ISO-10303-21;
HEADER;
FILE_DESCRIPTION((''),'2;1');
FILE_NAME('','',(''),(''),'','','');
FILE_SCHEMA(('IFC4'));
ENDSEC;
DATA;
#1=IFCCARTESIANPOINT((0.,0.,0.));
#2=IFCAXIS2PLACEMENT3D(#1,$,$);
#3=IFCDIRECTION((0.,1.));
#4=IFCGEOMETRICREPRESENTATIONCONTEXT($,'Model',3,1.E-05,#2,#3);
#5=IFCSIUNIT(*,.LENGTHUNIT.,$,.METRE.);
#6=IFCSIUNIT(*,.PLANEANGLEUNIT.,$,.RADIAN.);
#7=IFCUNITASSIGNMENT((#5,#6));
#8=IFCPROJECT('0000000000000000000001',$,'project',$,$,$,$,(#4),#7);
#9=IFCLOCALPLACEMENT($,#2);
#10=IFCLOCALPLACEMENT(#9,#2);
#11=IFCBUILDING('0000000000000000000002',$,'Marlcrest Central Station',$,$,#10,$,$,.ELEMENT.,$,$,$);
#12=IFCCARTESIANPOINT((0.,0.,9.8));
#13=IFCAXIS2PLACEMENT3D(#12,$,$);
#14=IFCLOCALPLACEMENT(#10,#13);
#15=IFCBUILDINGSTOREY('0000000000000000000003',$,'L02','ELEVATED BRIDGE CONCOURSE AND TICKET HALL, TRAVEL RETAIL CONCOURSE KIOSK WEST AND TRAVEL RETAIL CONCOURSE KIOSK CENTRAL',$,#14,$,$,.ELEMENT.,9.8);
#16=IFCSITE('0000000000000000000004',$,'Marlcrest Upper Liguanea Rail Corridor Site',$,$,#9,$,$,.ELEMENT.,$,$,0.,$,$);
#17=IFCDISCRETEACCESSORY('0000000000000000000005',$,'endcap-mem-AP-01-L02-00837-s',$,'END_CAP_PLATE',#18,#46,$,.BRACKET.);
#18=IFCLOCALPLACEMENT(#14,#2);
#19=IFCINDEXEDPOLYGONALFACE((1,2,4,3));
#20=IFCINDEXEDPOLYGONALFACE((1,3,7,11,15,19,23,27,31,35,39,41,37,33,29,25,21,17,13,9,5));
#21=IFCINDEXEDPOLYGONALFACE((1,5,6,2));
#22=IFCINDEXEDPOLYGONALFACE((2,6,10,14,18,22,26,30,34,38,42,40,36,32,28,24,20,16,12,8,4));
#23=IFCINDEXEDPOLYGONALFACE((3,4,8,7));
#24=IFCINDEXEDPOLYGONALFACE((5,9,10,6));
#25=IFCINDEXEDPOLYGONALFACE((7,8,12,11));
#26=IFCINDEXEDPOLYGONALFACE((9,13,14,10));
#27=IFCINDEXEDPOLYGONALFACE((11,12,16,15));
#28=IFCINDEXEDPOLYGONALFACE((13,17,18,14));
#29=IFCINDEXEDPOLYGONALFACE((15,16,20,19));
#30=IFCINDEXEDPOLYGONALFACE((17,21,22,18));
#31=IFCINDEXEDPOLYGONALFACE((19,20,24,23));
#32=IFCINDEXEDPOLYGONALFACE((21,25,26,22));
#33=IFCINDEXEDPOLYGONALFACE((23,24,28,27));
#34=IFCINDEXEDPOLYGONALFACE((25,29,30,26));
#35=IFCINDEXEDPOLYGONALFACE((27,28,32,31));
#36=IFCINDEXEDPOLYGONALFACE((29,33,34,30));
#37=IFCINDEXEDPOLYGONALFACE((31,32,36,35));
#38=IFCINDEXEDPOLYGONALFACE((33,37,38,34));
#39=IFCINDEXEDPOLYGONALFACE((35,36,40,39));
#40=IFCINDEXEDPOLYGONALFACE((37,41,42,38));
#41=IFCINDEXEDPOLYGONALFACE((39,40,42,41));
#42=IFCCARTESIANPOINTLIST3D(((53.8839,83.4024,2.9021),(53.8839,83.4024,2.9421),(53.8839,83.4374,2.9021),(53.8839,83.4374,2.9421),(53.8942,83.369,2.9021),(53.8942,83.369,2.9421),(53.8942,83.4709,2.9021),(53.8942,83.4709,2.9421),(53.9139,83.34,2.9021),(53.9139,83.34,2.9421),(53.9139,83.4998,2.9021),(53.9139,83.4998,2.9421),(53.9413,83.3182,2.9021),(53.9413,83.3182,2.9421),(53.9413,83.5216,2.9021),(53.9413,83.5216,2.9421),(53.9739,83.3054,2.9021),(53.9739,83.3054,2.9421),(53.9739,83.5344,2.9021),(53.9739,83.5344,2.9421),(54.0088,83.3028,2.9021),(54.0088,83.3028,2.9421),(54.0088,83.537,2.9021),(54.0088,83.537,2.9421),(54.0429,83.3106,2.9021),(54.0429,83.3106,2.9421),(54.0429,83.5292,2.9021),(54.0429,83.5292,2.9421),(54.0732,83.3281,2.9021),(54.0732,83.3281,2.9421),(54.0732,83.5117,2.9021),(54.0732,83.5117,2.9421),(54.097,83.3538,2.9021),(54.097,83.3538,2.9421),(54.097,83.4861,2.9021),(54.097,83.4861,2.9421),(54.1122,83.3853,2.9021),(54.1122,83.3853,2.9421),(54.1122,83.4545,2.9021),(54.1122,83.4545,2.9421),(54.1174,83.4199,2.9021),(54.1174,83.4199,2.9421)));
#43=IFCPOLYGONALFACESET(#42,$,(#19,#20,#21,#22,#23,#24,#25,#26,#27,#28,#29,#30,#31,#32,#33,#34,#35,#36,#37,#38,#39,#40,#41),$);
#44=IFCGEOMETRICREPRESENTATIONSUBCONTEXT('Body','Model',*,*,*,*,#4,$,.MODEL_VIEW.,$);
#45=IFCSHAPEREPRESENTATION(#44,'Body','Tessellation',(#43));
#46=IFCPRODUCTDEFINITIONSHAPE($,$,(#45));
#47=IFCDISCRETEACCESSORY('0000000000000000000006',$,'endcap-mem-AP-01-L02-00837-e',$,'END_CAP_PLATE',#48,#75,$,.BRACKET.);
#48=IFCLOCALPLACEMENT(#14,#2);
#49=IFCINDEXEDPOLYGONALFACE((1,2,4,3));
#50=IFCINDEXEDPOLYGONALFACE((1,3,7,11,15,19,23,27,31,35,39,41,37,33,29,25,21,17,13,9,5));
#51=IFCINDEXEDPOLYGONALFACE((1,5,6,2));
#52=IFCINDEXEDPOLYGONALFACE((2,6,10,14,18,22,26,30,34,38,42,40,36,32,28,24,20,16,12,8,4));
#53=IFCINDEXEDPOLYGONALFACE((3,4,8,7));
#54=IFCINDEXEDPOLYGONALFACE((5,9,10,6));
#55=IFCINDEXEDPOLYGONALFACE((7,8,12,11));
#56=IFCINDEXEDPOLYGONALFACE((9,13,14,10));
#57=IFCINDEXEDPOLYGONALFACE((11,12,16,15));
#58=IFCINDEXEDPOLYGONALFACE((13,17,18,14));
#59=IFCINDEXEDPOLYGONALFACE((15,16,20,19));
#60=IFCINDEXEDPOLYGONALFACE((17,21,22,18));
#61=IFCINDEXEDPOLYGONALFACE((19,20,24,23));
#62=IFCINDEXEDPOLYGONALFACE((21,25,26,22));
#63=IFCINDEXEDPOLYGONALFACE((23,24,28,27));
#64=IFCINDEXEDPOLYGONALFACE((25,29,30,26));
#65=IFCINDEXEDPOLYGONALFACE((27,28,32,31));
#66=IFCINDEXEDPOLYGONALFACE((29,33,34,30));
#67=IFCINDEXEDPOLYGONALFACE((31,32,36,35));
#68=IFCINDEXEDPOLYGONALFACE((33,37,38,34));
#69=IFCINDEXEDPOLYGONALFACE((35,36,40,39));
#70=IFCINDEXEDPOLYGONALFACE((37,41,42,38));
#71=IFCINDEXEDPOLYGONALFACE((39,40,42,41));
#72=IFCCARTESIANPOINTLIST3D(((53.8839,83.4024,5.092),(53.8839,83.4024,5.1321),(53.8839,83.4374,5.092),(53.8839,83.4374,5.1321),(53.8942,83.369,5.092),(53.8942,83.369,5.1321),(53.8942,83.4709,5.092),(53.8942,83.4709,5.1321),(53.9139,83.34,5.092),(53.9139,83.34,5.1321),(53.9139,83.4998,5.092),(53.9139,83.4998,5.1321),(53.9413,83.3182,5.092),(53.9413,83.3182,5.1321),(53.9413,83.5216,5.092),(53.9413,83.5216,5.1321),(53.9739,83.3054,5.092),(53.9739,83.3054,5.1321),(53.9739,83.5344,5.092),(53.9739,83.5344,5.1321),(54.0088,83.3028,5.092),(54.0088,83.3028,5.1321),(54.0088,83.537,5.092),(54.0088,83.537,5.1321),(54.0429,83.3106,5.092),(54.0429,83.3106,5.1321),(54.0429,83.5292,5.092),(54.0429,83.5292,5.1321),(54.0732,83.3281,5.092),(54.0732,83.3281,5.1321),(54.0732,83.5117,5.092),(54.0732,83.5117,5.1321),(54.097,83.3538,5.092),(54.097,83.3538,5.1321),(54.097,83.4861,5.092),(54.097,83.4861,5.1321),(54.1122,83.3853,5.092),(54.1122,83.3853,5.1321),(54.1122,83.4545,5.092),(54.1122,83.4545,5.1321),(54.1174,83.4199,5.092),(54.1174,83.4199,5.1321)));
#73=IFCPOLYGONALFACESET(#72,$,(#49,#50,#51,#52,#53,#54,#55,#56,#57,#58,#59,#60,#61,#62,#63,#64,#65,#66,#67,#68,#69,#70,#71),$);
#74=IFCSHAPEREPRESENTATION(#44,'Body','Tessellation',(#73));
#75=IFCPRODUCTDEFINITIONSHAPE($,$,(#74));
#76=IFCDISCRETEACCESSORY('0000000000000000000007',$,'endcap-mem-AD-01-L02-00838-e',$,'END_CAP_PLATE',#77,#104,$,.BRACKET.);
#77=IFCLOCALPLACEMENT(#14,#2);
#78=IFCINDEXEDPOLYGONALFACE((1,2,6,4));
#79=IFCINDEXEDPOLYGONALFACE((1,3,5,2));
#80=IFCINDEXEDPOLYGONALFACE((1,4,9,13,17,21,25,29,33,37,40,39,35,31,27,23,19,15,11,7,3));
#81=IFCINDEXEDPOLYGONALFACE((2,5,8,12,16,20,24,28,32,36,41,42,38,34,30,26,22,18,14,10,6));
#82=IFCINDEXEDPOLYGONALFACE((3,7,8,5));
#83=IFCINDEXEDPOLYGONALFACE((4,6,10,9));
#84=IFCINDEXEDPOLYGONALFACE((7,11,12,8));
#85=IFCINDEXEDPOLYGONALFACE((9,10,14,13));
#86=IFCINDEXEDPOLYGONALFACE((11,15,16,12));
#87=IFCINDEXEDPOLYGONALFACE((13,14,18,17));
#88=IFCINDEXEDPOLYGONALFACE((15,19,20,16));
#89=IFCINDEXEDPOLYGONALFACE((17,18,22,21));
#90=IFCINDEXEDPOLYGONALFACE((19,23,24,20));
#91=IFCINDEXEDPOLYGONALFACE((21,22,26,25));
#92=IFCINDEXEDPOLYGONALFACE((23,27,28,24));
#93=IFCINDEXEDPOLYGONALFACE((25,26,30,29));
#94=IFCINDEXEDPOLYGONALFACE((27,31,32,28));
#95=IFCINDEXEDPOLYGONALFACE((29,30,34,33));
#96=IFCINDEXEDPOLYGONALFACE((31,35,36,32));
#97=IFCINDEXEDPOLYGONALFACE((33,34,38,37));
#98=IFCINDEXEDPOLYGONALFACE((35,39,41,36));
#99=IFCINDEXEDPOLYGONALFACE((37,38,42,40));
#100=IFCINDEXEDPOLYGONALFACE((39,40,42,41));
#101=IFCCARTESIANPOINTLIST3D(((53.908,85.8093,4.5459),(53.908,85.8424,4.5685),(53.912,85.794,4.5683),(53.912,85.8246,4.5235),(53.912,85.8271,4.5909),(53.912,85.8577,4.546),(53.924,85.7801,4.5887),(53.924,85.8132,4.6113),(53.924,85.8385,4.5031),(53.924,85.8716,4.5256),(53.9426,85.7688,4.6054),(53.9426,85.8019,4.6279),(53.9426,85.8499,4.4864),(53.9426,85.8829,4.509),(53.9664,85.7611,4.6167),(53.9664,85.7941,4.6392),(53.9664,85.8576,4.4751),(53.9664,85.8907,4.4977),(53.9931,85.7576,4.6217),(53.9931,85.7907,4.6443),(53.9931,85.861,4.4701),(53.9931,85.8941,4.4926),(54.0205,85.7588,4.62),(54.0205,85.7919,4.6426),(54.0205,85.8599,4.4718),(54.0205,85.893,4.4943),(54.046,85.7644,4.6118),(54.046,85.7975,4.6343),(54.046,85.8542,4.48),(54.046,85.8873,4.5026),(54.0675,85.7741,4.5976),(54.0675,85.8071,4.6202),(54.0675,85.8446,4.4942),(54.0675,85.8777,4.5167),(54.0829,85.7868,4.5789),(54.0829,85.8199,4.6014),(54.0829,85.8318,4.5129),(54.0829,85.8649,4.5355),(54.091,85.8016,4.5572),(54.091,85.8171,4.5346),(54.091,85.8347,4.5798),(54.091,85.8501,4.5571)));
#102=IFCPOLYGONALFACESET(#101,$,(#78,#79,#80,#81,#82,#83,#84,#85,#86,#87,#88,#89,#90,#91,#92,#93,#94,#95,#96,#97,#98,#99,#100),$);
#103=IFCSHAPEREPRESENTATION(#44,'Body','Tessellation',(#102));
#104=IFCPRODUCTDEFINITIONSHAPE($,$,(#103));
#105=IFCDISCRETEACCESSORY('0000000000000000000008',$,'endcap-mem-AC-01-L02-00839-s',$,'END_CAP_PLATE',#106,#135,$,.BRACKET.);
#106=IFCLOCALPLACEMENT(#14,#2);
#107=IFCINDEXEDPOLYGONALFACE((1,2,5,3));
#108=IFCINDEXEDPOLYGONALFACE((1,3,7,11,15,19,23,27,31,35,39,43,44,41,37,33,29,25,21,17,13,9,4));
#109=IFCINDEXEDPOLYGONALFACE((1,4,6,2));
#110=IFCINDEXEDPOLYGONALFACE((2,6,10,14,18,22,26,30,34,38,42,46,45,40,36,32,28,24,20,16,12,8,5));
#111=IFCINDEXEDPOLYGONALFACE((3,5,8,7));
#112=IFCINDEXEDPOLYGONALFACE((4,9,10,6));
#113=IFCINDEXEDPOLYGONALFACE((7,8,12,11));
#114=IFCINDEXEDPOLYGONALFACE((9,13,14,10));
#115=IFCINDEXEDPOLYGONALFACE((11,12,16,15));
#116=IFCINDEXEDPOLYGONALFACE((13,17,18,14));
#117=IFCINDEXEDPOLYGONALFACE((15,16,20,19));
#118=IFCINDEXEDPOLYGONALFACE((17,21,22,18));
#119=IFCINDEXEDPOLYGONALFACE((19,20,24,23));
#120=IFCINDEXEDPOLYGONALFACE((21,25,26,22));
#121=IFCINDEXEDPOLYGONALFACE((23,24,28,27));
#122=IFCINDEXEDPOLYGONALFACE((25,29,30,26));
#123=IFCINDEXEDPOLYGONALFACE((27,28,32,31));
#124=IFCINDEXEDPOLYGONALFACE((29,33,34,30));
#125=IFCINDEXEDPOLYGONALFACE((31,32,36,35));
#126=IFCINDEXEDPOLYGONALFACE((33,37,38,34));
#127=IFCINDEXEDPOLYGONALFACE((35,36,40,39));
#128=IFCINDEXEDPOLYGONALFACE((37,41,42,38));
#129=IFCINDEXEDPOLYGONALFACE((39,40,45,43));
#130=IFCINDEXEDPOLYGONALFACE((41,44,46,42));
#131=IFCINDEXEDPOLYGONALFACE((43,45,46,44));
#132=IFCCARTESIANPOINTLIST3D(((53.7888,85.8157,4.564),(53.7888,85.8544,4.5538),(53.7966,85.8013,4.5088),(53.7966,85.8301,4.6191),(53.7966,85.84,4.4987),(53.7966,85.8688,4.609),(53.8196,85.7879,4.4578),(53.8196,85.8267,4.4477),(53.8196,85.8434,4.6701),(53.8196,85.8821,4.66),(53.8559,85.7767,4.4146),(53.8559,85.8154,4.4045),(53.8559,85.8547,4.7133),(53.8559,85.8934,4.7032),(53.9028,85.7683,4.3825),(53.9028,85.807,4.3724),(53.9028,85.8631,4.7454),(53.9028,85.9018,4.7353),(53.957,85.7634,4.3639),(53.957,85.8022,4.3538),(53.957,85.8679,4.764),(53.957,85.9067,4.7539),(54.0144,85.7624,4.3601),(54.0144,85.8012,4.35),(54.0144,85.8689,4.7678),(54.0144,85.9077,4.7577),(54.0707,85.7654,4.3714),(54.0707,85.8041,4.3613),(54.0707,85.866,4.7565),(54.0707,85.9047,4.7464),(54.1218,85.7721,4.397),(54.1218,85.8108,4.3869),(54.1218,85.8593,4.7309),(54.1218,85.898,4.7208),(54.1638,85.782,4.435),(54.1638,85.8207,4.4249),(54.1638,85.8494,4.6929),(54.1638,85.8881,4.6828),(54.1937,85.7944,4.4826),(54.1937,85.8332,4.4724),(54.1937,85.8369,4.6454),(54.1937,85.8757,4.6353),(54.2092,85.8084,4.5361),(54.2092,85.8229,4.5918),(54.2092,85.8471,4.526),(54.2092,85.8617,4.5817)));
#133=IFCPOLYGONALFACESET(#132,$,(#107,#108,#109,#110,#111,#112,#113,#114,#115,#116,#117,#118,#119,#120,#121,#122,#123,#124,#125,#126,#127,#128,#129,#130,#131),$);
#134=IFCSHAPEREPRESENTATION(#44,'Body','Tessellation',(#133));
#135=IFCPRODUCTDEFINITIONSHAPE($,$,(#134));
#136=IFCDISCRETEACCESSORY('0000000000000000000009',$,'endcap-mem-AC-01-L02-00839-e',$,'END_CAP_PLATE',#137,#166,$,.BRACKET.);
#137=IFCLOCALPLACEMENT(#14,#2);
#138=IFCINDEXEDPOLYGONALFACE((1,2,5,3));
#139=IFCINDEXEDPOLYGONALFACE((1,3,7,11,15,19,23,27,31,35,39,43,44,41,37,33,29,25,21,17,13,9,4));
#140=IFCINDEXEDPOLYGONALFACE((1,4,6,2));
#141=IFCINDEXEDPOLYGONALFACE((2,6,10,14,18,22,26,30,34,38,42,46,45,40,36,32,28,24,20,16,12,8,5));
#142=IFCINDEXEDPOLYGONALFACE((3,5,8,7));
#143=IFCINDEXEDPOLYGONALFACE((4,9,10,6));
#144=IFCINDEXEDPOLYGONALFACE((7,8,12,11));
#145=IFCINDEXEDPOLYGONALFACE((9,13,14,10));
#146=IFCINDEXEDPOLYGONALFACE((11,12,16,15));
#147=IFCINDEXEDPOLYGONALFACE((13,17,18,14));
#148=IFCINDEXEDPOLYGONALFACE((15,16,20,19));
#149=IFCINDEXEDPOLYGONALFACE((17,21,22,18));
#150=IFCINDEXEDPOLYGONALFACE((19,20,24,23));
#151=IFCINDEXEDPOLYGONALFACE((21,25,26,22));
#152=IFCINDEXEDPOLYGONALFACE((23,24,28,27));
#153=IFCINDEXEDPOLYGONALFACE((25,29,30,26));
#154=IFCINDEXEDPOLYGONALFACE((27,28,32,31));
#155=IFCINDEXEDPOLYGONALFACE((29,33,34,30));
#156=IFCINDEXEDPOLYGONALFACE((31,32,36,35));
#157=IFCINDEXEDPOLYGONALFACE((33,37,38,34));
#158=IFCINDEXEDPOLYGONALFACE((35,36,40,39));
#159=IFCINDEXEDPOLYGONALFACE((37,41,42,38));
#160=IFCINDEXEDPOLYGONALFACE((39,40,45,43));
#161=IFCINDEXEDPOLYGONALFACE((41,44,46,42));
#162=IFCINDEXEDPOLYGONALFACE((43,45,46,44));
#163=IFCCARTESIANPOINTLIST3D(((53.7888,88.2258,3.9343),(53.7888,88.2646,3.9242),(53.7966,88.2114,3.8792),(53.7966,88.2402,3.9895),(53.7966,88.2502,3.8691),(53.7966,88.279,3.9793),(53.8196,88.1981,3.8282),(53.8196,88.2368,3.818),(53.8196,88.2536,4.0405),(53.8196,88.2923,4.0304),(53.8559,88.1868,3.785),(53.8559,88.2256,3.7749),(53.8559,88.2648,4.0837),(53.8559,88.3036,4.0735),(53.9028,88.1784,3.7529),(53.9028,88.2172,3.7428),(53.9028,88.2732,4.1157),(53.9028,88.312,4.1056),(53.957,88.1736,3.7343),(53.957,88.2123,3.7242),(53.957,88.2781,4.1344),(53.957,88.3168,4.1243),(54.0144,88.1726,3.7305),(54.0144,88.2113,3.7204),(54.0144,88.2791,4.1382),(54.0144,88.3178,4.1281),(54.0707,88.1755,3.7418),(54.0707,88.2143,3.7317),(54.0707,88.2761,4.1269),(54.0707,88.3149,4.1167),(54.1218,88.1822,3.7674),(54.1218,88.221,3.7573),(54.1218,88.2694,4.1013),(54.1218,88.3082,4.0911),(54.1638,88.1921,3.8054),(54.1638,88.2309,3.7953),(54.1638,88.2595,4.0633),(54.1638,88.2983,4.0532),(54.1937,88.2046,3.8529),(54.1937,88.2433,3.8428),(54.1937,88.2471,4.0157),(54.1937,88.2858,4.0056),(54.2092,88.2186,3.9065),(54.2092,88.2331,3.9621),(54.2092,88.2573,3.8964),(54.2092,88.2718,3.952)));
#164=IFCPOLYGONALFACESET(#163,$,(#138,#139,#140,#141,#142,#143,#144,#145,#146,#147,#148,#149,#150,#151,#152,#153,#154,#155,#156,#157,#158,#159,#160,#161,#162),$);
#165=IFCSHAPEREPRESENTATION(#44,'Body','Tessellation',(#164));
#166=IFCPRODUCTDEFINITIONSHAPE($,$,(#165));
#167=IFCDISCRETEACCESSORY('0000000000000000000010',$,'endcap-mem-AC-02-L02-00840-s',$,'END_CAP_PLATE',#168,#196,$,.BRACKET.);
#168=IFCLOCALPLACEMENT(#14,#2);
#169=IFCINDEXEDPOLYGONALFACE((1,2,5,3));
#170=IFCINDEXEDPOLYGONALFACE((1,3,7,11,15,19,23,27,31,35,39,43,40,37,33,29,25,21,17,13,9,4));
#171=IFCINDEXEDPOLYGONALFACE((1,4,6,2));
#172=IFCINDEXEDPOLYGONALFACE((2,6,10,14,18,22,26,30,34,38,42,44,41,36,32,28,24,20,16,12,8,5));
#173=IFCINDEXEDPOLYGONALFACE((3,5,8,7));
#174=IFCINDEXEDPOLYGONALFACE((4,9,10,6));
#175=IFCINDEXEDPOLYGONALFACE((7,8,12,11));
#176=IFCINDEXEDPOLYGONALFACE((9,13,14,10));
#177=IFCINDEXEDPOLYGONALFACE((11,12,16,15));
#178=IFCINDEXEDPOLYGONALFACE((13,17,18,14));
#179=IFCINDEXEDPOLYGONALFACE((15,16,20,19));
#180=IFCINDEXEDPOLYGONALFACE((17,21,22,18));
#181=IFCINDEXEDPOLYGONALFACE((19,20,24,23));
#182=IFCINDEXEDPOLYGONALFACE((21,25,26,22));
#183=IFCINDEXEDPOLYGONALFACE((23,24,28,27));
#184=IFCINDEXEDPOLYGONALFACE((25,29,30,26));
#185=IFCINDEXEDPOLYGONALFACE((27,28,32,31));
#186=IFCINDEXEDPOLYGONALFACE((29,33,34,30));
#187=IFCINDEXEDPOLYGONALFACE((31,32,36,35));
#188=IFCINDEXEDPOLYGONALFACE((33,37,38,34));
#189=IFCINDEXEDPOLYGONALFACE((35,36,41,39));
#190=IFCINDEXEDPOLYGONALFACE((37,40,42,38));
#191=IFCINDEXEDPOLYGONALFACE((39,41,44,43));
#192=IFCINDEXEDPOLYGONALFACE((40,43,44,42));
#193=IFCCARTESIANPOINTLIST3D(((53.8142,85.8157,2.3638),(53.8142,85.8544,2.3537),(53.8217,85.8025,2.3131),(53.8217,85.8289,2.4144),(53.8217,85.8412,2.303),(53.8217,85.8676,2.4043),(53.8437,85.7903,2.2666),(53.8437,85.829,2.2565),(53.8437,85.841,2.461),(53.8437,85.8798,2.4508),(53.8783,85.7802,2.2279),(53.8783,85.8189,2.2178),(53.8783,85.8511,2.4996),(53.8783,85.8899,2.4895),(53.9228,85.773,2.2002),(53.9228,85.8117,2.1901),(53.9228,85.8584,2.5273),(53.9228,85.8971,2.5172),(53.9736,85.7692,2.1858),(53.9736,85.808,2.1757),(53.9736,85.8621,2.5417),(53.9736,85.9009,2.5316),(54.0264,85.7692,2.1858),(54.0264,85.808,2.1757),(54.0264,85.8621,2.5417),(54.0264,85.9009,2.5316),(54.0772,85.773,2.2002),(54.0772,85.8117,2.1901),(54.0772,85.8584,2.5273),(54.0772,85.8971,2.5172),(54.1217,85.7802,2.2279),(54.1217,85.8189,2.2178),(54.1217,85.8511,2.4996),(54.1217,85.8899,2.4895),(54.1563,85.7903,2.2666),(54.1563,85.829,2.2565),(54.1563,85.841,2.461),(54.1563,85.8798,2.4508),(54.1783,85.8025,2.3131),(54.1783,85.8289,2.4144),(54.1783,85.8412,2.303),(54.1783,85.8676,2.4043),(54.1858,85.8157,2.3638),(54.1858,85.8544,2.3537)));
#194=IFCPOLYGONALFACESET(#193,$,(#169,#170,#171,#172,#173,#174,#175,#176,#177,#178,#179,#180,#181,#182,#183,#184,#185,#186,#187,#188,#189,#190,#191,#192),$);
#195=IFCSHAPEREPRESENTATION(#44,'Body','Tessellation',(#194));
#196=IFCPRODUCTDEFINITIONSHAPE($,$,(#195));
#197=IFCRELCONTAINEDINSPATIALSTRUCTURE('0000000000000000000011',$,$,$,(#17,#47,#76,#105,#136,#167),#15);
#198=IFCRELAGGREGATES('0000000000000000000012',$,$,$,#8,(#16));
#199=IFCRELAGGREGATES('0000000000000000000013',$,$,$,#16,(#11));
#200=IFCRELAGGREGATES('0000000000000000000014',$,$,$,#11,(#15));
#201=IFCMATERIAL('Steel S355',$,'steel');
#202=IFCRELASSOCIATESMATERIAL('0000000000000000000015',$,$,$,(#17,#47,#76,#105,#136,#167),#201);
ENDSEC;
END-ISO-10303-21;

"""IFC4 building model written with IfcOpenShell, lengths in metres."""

from ifc_helpers import new_model, si_unit, direction, frame, origin, origin_2d, place, context, subcontext, project, spatial, circle, extrude, material, element, save


model = new_model("IFC4")

# Units and contexts
model_context = context("Model", 3, precision=1e-05, world=origin(), true_north=direction((0.0, 1.0)))
body_context = subcontext(model_context, "Body", "Model", "MODEL_VIEW")
ifc_project = project(units=[si_unit("LENGTHUNIT", "METRE"), si_unit("PLANEANGLEUNIT", "RADIAN")], contexts=[model_context])

# Site, building, storey
site_placement = place(None, origin())
site = spatial("IfcSite", under=ifc_project, at=site_placement, Name="Marlcrest Upper Liguanea Rail Corridor Site", CompositionType="ELEMENT", RefElevation=0.0)
building_placement = place(site_placement, origin())
building = spatial("IfcBuilding", under=site, at=building_placement, Name="Marlcrest Central Station", CompositionType="ELEMENT")
storey_placement = place(building_placement, frame((0.0, 0.0, 9.8)))
storey = spatial("IfcBuildingStorey", under=building, at=storey_placement, Name="L02", Description="ELEVATED BRIDGE CONCOURSE AND TICKET HALL, TRAVEL RETAIL CONCOURSE KIOSK WEST AND TRAVEL RETAIL CONCOURSE KIOSK CENTRAL", CompositionType="ELEMENT", Elevation=9.8)

# Shared definitions
ifc_material_1 = material(Name="Steel S355", Category="steel")

# Discrete accessories
for number, where, z_axis, x_axis, name in (
    (1, (54.0, 83.4199, 2.9021), (0.0, 0.0, 1.0), (1.0, 0.0, 0.0), "endcap-mem-AP-01-L02-00837-s"),
    (2, (54.0, 83.4199, 5.092), (0.0, 0.0, 1.0), (1.0, 0.0, 0.0), "endcap-mem-AP-01-L02-00837-e"),
):
    element("IfcDiscreteAccessory", number, at=place(storey_placement, frame(where, z_axis=z_axis, x_axis=x_axis)), inside=storey, material=ifc_material_1, Name=name, ObjectType="END_CAP_PLATE", PredefinedType="BRACKET", context=body_context, shape_type="SweptSolid", body=[
        extrude(circle(Radius=0.1174, at=origin_2d()), origin(), (0.0, 0.0, 1.0), 0.04),
    ])
discrete_accessory_1_placement = place(storey_placement, frame((54.0, 85.8093, 4.5459), z_axis=(0.0, 0.826263, 0.563285), x_axis=(-1.0, 0.0, 0.0)))
element("IfcDiscreteAccessory", 3, at=discrete_accessory_1_placement, inside=storey, material=ifc_material_1, Name="endcap-mem-AD-01-L02-00838-e", ObjectType="END_CAP_PLATE", PredefinedType="BRACKET", context=body_context, shape_type="SweptSolid", body=[
    extrude(circle(Radius=0.092, at=origin_2d()), origin(), (0.0, 0.0, 1.0), 0.04),
])
for number, where, z_axis, x_axis, name in (
    (4, (54.0, 85.8157, 4.564), (0.0, 0.967539, -0.25272), (-1.0, 0.0, 0.0), "endcap-mem-AC-01-L02-00839-s"),
    (5, (54.0, 88.2258, 3.9343), (0.0, 0.967539, -0.25272), (-1.0, 0.0, 0.0), "endcap-mem-AC-01-L02-00839-e"),
):
    element("IfcDiscreteAccessory", number, at=place(storey_placement, frame(where, z_axis=z_axis, x_axis=x_axis)), inside=storey, material=ifc_material_1, Name=name, ObjectType="END_CAP_PLATE", PredefinedType="BRACKET", context=body_context, shape_type="SweptSolid", body=[
        extrude(circle(Radius=0.2112, at=origin_2d()), origin(), (0.0, 0.0, 1.0), 0.04),
    ])
for number, where, z_axis, x_axis, name in (
    (6, (54.0, 85.8157, 2.3638), (0.0, 0.967563, -0.252629), (-1.0, 0.0, 0.0), "endcap-mem-AC-02-L02-00840-s"),
):
    element("IfcDiscreteAccessory", number, at=place(storey_placement, frame(where, z_axis=z_axis, x_axis=x_axis)), inside=storey, material=ifc_material_1, Name=name, ObjectType="END_CAP_PLATE", PredefinedType="BRACKET", context=body_context, shape_type="SweptSolid", body=[
        extrude(circle(Radius=0.1858, at=origin_2d()), origin(), (0.0, 0.0, 1.0), 0.04),
    ])

save(model, "model.ifc")
